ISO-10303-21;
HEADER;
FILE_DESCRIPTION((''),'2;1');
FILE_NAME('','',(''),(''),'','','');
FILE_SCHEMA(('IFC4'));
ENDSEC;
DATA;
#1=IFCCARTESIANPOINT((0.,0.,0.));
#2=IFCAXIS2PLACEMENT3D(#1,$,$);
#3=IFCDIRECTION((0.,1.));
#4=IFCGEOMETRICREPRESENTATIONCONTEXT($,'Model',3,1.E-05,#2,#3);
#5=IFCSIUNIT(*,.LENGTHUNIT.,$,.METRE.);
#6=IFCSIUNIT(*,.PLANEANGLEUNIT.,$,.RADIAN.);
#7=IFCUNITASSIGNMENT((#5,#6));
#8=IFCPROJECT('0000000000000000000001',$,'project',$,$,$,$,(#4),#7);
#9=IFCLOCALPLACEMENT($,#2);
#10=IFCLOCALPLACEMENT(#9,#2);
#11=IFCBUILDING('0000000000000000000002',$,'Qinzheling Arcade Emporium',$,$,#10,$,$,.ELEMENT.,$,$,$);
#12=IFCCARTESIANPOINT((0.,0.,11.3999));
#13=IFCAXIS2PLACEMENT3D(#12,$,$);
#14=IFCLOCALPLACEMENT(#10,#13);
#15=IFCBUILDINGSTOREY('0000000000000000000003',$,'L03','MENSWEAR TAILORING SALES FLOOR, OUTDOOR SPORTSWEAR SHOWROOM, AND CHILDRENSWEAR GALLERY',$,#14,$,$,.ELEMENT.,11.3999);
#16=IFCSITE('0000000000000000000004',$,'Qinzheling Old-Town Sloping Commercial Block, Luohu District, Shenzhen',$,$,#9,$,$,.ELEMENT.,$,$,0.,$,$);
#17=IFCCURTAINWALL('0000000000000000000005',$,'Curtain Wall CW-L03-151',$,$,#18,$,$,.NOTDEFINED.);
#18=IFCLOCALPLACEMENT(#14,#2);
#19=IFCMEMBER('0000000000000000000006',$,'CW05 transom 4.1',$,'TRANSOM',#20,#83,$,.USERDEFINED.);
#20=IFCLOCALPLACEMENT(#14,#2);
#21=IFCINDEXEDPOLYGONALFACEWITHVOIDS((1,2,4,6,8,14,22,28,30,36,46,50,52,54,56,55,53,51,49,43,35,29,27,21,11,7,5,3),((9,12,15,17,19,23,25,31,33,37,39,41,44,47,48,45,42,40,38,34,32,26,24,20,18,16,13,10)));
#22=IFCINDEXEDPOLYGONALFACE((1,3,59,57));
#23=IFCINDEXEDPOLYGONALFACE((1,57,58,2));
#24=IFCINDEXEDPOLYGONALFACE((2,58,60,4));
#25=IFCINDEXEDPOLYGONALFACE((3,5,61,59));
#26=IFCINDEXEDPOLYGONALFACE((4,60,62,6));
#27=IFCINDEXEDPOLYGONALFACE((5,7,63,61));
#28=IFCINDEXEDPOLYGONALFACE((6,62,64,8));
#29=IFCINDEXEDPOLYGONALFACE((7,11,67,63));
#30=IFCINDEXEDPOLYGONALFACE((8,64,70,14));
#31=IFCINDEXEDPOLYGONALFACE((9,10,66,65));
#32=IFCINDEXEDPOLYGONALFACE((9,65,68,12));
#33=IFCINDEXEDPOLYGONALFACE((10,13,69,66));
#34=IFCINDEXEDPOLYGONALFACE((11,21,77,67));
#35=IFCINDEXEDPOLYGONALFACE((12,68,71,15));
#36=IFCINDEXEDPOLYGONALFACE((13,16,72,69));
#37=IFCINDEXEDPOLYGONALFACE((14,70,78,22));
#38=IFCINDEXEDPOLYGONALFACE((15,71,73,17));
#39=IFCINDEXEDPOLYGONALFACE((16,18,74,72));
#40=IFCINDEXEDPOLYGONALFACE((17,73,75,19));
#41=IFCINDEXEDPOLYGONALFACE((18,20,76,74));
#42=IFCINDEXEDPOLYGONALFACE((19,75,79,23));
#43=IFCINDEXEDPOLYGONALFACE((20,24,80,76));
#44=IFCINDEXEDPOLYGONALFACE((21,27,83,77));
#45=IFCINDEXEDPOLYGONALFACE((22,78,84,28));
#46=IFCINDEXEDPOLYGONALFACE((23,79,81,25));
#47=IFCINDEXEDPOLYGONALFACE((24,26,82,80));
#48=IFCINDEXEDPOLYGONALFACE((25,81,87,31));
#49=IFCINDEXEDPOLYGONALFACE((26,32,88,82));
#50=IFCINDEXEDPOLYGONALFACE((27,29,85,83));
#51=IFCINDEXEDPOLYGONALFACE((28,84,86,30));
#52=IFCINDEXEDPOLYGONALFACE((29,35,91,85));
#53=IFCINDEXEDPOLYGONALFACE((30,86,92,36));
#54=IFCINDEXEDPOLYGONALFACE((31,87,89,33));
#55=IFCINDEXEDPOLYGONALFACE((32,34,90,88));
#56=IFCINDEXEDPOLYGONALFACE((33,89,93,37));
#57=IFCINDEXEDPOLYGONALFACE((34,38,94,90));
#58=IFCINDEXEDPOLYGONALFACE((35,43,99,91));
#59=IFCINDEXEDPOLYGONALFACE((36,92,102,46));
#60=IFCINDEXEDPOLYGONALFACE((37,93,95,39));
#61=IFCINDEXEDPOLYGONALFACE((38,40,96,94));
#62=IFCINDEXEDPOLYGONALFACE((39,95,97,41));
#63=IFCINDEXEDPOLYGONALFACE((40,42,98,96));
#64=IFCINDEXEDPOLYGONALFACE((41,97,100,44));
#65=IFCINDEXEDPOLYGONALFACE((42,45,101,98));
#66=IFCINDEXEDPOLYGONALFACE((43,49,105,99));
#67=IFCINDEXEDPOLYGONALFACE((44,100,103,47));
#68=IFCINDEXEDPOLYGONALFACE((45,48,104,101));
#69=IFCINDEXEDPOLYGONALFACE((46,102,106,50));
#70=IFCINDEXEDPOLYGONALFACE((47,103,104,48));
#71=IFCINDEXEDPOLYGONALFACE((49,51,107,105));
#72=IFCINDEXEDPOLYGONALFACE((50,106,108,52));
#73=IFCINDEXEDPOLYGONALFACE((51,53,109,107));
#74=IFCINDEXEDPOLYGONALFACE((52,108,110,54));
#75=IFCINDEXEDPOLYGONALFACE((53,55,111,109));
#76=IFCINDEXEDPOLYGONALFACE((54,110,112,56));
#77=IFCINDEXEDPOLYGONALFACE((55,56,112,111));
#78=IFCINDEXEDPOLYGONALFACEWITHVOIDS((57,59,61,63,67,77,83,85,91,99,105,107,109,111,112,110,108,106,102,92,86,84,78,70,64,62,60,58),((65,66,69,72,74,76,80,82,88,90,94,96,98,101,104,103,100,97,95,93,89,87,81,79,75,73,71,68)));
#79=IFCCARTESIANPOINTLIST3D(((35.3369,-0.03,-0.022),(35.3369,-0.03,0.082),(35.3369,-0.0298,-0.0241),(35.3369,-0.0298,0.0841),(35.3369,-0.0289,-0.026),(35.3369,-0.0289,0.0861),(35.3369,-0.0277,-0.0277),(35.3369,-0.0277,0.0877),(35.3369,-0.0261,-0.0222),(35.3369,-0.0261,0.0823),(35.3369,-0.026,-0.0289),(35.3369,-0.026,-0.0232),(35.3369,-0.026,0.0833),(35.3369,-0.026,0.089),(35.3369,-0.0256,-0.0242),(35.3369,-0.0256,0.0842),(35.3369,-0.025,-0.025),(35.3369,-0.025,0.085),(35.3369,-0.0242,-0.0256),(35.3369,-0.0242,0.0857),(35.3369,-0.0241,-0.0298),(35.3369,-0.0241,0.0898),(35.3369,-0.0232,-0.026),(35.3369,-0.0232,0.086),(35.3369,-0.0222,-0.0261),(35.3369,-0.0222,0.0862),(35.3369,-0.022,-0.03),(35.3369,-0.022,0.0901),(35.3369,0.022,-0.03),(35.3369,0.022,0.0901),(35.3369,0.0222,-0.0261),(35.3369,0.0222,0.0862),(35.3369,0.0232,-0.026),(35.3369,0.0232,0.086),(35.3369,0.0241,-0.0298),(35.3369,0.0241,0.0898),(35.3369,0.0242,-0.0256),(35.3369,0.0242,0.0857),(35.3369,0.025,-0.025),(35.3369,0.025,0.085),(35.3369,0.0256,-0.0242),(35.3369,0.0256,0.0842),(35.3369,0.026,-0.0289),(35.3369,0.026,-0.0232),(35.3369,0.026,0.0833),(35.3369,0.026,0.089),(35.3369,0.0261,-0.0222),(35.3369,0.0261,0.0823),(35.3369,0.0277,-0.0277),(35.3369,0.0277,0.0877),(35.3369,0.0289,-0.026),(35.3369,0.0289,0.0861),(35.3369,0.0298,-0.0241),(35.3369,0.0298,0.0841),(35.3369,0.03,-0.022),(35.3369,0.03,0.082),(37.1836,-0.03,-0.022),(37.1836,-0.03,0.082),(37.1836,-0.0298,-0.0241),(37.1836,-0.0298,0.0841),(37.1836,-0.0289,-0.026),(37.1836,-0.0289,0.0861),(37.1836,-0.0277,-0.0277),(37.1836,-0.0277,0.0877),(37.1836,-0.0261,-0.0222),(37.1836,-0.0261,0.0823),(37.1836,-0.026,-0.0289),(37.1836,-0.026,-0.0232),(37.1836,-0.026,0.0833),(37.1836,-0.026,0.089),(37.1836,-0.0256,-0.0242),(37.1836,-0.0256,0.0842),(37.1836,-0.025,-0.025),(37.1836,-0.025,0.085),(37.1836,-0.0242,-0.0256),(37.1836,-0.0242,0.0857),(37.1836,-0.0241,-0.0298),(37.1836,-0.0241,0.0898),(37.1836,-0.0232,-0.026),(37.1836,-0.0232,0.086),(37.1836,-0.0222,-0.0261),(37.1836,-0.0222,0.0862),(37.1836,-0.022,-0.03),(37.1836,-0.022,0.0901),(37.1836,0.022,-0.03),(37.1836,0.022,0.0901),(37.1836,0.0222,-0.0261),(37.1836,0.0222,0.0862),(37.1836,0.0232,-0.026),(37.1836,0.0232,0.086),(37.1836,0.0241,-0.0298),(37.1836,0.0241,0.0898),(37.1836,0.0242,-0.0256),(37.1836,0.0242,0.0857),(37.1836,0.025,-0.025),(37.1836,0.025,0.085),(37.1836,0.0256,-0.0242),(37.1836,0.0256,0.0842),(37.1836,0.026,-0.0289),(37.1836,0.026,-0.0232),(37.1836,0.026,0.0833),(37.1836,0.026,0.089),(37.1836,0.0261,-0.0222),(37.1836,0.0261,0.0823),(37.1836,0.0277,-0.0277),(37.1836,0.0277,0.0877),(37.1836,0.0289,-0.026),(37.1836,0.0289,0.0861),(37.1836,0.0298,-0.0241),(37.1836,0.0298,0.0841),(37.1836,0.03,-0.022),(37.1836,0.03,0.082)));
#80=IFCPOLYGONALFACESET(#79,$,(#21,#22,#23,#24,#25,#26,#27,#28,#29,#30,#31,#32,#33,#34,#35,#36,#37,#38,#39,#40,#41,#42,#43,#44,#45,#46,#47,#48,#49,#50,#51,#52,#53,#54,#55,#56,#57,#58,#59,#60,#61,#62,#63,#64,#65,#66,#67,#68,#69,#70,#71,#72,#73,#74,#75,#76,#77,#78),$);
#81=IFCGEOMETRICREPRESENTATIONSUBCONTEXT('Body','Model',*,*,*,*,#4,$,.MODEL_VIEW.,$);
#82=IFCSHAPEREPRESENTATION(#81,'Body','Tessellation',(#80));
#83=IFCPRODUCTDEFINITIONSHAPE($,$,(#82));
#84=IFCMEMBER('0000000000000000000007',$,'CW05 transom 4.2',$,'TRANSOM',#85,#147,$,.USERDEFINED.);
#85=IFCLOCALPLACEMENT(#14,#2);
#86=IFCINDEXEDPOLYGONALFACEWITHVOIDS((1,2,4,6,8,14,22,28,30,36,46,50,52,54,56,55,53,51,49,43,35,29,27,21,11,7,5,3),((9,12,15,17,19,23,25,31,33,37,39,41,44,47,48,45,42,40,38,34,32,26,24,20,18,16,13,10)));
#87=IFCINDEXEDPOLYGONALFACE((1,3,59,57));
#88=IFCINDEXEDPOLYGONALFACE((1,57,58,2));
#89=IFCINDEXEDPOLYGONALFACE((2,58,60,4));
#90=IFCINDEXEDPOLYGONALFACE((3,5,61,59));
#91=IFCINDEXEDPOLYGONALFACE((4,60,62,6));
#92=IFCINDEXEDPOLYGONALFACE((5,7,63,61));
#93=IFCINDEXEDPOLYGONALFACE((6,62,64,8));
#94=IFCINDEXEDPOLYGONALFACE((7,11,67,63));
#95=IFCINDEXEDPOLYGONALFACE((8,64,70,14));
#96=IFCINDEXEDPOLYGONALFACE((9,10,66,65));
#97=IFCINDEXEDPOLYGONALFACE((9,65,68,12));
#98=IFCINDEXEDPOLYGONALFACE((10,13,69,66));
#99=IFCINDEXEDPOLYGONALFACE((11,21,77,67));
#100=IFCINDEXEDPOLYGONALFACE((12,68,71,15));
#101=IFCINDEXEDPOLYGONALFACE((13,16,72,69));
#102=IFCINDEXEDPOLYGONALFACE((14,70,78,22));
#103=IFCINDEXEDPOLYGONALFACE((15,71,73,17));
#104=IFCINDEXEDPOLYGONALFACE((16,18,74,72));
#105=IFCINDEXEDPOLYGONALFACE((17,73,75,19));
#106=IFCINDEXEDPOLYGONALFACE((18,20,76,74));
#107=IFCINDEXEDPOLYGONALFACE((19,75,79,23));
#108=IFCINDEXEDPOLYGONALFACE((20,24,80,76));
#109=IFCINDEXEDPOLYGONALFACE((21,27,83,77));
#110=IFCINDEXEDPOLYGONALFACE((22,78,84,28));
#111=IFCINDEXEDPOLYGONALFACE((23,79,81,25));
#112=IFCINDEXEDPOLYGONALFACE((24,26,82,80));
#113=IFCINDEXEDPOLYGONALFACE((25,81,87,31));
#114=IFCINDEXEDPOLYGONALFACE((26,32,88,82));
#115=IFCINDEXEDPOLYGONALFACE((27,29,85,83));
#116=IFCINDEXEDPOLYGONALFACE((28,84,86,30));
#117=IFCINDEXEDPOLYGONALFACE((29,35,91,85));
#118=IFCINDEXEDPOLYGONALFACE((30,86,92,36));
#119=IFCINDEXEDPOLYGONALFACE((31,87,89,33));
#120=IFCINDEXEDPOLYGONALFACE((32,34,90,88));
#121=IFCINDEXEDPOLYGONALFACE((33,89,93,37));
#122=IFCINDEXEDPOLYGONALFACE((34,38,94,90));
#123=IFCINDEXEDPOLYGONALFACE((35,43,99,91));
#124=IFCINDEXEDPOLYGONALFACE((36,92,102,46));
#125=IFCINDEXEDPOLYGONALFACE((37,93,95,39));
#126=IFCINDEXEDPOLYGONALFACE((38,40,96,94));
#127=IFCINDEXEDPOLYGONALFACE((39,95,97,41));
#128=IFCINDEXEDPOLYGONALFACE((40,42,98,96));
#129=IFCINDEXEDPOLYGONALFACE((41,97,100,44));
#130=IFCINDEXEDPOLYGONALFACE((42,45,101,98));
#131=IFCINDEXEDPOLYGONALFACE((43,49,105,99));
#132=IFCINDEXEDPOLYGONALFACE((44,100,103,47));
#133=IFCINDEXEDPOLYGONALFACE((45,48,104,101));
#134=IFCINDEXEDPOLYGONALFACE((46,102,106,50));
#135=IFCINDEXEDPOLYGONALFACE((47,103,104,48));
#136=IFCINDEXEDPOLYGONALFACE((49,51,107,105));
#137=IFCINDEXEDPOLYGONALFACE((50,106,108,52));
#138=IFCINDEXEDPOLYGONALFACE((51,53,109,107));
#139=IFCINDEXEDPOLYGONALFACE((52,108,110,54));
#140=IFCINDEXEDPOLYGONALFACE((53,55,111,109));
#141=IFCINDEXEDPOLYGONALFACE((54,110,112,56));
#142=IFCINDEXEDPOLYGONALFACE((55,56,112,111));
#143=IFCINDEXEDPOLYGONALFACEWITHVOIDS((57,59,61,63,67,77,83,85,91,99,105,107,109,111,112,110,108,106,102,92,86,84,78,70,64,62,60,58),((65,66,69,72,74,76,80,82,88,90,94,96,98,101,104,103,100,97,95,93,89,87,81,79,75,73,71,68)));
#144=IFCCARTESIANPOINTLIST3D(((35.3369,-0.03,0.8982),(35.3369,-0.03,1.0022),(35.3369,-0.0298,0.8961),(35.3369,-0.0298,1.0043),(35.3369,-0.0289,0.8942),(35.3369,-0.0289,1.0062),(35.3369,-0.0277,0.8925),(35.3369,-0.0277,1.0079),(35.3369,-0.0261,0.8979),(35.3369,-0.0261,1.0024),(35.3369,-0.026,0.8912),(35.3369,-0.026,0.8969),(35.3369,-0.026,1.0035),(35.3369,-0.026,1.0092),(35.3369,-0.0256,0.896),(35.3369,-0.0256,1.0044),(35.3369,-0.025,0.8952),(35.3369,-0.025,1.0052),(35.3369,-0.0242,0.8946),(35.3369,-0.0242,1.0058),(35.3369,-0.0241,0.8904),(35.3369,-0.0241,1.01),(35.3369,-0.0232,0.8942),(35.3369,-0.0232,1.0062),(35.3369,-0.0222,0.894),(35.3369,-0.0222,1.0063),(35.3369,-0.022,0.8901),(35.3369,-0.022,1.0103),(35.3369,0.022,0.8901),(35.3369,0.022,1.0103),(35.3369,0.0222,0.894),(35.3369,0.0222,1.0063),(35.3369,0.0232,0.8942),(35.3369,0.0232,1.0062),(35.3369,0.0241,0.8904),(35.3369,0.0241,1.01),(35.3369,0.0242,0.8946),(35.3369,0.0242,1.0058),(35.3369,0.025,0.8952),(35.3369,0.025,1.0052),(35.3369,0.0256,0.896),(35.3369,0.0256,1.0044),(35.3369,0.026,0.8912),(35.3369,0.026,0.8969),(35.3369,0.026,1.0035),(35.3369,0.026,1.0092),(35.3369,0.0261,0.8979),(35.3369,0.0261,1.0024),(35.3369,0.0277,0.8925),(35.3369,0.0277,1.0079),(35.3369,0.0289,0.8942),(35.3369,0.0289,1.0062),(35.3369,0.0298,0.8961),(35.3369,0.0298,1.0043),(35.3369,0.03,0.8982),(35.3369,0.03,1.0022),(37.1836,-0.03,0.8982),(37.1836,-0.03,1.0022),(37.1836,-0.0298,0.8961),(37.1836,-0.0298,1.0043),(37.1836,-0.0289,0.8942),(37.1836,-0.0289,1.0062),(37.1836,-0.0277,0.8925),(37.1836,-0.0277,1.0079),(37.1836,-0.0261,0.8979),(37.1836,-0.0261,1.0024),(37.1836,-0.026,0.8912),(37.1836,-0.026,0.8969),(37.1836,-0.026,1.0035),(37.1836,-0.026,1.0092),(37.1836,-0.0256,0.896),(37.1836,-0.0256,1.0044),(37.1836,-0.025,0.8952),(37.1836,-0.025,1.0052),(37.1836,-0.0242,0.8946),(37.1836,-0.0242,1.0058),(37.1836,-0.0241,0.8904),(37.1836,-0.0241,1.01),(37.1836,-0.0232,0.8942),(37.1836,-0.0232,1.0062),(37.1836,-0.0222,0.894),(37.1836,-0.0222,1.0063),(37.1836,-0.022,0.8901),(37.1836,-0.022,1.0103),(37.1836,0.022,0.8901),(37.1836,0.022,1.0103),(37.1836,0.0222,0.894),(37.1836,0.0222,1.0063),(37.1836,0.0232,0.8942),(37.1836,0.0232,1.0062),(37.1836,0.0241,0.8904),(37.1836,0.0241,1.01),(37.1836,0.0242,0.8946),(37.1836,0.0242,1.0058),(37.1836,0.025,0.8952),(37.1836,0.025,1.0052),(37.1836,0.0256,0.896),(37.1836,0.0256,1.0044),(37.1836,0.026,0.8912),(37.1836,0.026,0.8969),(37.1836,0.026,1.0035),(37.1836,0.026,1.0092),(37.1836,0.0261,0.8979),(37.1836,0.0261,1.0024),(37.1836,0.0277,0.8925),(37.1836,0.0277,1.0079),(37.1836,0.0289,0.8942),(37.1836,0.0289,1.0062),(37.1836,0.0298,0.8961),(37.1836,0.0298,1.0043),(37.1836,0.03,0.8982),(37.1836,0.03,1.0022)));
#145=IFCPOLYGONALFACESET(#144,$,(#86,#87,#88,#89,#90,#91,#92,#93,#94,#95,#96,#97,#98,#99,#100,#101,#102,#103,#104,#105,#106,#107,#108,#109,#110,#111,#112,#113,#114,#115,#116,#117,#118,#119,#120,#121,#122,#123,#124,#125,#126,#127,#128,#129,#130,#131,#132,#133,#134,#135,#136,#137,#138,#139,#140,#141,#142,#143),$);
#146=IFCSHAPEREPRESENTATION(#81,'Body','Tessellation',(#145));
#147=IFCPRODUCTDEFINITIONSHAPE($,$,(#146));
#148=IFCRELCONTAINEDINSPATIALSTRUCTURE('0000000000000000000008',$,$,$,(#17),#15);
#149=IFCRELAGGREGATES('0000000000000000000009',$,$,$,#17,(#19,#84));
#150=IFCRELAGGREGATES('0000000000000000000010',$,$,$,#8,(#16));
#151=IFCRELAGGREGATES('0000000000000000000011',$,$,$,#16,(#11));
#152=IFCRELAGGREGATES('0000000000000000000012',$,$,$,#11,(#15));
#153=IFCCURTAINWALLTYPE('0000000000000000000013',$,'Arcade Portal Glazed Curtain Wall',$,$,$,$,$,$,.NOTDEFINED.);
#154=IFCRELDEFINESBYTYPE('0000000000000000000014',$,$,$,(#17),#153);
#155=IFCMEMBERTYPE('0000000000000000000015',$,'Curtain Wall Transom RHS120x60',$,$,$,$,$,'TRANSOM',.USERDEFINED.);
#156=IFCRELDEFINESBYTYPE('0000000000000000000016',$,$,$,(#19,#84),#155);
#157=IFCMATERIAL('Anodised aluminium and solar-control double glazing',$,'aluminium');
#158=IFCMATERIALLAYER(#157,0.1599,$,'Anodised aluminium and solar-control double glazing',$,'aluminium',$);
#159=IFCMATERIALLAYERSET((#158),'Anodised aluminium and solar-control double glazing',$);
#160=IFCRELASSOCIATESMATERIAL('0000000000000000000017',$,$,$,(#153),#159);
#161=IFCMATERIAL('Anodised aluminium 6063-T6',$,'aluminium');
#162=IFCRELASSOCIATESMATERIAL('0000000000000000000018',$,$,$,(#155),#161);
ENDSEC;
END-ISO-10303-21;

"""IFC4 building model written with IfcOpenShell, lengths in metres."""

from ifc_helpers import new_model, si_unit, direction, frame, origin, origin_2d, place, context, subcontext, project, spatial, hollow_rectangle, extrude, material, layer, layer_set, material_profile, profile_set, type_object, element, aggregate, save


model = new_model("IFC4")

# Units and contexts
model_context = context("Model", 3, precision=1e-05, world=origin(), true_north=direction((0.0, 1.0)))
body_context = subcontext(model_context, "Body", "Model", "MODEL_VIEW")
ifc_project = project(units=[si_unit("LENGTHUNIT", "METRE"), si_unit("PLANEANGLEUNIT", "RADIAN")], contexts=[model_context])

# Site, building, storey
site_placement = place(None, origin())
site = spatial("IfcSite", under=ifc_project, at=site_placement, Name="Qinzheling Old-Town Sloping Commercial Block, Luohu District, Shenzhen", CompositionType="ELEMENT", RefElevation=0.0)
building_placement = place(site_placement, origin())
building = spatial("IfcBuilding", under=site, at=building_placement, Name="Qinzheling Arcade Emporium", CompositionType="ELEMENT")
storey_placement = place(building_placement, frame((0.0, 0.0, 11.3999)))
storey = spatial("IfcBuildingStorey", under=building, at=storey_placement, Name="L03", Description="MENSWEAR TAILORING SALES FLOOR, OUTDOOR SPORTSWEAR SHOWROOM, AND CHILDRENSWEAR GALLERY", CompositionType="ELEMENT", Elevation=11.3999)

# Shared definitions
ifc_material_1 = material(Name="Anodised aluminium and solar-control double glazing", Category="aluminium")
ifc_layer_1 = layer(ifc_material_1, 0.1599, Name="Anodised aluminium and solar-control double glazing", Category="aluminium")
ifc_layer_set_1 = layer_set([ifc_layer_1], Name="Anodised aluminium and solar-control double glazing")
curtain_wall_type = type_object("IfcCurtainWallType", Name="Arcade Portal Glazed Curtain Wall", PredefinedType="NOTDEFINED", material=ifc_layer_set_1)
ifc_material_2 = material(Name="Anodised aluminium 6063-T6", Category="aluminium")

# Curtain wall
curtain_wall_1_placement = place(storey_placement, origin())
curtain_wall_1 = element("IfcCurtainWall", 1, at=curtain_wall_1_placement, inside=storey, type_object=curtain_wall_type, Name="Curtain Wall CW-L03-151", PredefinedType="NOTDEFINED")

# Members
ifc_material_profile_1 = material_profile(ifc_material_2, hollow_rectangle(XDim=0.0601, YDim=0.1201, WallThickness=0.0039, InnerFilletRadius=0.0039, OuterFilletRadius=0.0081, at=origin_2d()), Name="RHS 120x60x4", Category="aluminium")
ifc_profile_set_1 = profile_set([ifc_material_profile_1], Name="Anodised aluminium 6063-T6")
member_type_1 = type_object("IfcMemberType", Name="Curtain Wall Transom RHS120x60", ElementType="TRANSOM", PredefinedType="USERDEFINED", material=ifc_profile_set_1)
member_1_placement = place(storey_placement, frame((37.1836, 0.0, 0.03), z_axis=(-1.0, 0.0, 0.0), x_axis=(0.0, -1.0, 0.0)))
member_1 = element("IfcMember", 2, at=member_1_placement, type_object=member_type_1, Name="CW05 transom 4.1", ObjectType="TRANSOM", PredefinedType="USERDEFINED", context=body_context, shape_type="SweptSolid", body=[
    extrude(hollow_rectangle(XDim=0.0601, YDim=0.1201, WallThickness=0.0039, InnerFilletRadius=0.0039, OuterFilletRadius=0.0081, at=origin_2d()), origin(), (0.0, 0.0, 1.0), 1.8467),
])
member_2_placement = place(storey_placement, frame((37.1836, 0.0, 0.9502), z_axis=(-1.0, 0.0, 0.0), x_axis=(0.0, -1.0, 0.0)))
member_2 = element("IfcMember", 3, at=member_2_placement, type_object=member_type_1, Name="CW05 transom 4.2", ObjectType="TRANSOM", PredefinedType="USERDEFINED", context=body_context, shape_type="SweptSolid", body=[
    extrude(hollow_rectangle(XDim=0.0601, YDim=0.1201, WallThickness=0.0039, InnerFilletRadius=0.0039, OuterFilletRadius=0.0081, at=origin_2d()), origin(), (0.0, 0.0, 1.0), 1.8467),
])

aggregate(curtain_wall_1, [member_1, member_2])

save(model, "model.ifc")
